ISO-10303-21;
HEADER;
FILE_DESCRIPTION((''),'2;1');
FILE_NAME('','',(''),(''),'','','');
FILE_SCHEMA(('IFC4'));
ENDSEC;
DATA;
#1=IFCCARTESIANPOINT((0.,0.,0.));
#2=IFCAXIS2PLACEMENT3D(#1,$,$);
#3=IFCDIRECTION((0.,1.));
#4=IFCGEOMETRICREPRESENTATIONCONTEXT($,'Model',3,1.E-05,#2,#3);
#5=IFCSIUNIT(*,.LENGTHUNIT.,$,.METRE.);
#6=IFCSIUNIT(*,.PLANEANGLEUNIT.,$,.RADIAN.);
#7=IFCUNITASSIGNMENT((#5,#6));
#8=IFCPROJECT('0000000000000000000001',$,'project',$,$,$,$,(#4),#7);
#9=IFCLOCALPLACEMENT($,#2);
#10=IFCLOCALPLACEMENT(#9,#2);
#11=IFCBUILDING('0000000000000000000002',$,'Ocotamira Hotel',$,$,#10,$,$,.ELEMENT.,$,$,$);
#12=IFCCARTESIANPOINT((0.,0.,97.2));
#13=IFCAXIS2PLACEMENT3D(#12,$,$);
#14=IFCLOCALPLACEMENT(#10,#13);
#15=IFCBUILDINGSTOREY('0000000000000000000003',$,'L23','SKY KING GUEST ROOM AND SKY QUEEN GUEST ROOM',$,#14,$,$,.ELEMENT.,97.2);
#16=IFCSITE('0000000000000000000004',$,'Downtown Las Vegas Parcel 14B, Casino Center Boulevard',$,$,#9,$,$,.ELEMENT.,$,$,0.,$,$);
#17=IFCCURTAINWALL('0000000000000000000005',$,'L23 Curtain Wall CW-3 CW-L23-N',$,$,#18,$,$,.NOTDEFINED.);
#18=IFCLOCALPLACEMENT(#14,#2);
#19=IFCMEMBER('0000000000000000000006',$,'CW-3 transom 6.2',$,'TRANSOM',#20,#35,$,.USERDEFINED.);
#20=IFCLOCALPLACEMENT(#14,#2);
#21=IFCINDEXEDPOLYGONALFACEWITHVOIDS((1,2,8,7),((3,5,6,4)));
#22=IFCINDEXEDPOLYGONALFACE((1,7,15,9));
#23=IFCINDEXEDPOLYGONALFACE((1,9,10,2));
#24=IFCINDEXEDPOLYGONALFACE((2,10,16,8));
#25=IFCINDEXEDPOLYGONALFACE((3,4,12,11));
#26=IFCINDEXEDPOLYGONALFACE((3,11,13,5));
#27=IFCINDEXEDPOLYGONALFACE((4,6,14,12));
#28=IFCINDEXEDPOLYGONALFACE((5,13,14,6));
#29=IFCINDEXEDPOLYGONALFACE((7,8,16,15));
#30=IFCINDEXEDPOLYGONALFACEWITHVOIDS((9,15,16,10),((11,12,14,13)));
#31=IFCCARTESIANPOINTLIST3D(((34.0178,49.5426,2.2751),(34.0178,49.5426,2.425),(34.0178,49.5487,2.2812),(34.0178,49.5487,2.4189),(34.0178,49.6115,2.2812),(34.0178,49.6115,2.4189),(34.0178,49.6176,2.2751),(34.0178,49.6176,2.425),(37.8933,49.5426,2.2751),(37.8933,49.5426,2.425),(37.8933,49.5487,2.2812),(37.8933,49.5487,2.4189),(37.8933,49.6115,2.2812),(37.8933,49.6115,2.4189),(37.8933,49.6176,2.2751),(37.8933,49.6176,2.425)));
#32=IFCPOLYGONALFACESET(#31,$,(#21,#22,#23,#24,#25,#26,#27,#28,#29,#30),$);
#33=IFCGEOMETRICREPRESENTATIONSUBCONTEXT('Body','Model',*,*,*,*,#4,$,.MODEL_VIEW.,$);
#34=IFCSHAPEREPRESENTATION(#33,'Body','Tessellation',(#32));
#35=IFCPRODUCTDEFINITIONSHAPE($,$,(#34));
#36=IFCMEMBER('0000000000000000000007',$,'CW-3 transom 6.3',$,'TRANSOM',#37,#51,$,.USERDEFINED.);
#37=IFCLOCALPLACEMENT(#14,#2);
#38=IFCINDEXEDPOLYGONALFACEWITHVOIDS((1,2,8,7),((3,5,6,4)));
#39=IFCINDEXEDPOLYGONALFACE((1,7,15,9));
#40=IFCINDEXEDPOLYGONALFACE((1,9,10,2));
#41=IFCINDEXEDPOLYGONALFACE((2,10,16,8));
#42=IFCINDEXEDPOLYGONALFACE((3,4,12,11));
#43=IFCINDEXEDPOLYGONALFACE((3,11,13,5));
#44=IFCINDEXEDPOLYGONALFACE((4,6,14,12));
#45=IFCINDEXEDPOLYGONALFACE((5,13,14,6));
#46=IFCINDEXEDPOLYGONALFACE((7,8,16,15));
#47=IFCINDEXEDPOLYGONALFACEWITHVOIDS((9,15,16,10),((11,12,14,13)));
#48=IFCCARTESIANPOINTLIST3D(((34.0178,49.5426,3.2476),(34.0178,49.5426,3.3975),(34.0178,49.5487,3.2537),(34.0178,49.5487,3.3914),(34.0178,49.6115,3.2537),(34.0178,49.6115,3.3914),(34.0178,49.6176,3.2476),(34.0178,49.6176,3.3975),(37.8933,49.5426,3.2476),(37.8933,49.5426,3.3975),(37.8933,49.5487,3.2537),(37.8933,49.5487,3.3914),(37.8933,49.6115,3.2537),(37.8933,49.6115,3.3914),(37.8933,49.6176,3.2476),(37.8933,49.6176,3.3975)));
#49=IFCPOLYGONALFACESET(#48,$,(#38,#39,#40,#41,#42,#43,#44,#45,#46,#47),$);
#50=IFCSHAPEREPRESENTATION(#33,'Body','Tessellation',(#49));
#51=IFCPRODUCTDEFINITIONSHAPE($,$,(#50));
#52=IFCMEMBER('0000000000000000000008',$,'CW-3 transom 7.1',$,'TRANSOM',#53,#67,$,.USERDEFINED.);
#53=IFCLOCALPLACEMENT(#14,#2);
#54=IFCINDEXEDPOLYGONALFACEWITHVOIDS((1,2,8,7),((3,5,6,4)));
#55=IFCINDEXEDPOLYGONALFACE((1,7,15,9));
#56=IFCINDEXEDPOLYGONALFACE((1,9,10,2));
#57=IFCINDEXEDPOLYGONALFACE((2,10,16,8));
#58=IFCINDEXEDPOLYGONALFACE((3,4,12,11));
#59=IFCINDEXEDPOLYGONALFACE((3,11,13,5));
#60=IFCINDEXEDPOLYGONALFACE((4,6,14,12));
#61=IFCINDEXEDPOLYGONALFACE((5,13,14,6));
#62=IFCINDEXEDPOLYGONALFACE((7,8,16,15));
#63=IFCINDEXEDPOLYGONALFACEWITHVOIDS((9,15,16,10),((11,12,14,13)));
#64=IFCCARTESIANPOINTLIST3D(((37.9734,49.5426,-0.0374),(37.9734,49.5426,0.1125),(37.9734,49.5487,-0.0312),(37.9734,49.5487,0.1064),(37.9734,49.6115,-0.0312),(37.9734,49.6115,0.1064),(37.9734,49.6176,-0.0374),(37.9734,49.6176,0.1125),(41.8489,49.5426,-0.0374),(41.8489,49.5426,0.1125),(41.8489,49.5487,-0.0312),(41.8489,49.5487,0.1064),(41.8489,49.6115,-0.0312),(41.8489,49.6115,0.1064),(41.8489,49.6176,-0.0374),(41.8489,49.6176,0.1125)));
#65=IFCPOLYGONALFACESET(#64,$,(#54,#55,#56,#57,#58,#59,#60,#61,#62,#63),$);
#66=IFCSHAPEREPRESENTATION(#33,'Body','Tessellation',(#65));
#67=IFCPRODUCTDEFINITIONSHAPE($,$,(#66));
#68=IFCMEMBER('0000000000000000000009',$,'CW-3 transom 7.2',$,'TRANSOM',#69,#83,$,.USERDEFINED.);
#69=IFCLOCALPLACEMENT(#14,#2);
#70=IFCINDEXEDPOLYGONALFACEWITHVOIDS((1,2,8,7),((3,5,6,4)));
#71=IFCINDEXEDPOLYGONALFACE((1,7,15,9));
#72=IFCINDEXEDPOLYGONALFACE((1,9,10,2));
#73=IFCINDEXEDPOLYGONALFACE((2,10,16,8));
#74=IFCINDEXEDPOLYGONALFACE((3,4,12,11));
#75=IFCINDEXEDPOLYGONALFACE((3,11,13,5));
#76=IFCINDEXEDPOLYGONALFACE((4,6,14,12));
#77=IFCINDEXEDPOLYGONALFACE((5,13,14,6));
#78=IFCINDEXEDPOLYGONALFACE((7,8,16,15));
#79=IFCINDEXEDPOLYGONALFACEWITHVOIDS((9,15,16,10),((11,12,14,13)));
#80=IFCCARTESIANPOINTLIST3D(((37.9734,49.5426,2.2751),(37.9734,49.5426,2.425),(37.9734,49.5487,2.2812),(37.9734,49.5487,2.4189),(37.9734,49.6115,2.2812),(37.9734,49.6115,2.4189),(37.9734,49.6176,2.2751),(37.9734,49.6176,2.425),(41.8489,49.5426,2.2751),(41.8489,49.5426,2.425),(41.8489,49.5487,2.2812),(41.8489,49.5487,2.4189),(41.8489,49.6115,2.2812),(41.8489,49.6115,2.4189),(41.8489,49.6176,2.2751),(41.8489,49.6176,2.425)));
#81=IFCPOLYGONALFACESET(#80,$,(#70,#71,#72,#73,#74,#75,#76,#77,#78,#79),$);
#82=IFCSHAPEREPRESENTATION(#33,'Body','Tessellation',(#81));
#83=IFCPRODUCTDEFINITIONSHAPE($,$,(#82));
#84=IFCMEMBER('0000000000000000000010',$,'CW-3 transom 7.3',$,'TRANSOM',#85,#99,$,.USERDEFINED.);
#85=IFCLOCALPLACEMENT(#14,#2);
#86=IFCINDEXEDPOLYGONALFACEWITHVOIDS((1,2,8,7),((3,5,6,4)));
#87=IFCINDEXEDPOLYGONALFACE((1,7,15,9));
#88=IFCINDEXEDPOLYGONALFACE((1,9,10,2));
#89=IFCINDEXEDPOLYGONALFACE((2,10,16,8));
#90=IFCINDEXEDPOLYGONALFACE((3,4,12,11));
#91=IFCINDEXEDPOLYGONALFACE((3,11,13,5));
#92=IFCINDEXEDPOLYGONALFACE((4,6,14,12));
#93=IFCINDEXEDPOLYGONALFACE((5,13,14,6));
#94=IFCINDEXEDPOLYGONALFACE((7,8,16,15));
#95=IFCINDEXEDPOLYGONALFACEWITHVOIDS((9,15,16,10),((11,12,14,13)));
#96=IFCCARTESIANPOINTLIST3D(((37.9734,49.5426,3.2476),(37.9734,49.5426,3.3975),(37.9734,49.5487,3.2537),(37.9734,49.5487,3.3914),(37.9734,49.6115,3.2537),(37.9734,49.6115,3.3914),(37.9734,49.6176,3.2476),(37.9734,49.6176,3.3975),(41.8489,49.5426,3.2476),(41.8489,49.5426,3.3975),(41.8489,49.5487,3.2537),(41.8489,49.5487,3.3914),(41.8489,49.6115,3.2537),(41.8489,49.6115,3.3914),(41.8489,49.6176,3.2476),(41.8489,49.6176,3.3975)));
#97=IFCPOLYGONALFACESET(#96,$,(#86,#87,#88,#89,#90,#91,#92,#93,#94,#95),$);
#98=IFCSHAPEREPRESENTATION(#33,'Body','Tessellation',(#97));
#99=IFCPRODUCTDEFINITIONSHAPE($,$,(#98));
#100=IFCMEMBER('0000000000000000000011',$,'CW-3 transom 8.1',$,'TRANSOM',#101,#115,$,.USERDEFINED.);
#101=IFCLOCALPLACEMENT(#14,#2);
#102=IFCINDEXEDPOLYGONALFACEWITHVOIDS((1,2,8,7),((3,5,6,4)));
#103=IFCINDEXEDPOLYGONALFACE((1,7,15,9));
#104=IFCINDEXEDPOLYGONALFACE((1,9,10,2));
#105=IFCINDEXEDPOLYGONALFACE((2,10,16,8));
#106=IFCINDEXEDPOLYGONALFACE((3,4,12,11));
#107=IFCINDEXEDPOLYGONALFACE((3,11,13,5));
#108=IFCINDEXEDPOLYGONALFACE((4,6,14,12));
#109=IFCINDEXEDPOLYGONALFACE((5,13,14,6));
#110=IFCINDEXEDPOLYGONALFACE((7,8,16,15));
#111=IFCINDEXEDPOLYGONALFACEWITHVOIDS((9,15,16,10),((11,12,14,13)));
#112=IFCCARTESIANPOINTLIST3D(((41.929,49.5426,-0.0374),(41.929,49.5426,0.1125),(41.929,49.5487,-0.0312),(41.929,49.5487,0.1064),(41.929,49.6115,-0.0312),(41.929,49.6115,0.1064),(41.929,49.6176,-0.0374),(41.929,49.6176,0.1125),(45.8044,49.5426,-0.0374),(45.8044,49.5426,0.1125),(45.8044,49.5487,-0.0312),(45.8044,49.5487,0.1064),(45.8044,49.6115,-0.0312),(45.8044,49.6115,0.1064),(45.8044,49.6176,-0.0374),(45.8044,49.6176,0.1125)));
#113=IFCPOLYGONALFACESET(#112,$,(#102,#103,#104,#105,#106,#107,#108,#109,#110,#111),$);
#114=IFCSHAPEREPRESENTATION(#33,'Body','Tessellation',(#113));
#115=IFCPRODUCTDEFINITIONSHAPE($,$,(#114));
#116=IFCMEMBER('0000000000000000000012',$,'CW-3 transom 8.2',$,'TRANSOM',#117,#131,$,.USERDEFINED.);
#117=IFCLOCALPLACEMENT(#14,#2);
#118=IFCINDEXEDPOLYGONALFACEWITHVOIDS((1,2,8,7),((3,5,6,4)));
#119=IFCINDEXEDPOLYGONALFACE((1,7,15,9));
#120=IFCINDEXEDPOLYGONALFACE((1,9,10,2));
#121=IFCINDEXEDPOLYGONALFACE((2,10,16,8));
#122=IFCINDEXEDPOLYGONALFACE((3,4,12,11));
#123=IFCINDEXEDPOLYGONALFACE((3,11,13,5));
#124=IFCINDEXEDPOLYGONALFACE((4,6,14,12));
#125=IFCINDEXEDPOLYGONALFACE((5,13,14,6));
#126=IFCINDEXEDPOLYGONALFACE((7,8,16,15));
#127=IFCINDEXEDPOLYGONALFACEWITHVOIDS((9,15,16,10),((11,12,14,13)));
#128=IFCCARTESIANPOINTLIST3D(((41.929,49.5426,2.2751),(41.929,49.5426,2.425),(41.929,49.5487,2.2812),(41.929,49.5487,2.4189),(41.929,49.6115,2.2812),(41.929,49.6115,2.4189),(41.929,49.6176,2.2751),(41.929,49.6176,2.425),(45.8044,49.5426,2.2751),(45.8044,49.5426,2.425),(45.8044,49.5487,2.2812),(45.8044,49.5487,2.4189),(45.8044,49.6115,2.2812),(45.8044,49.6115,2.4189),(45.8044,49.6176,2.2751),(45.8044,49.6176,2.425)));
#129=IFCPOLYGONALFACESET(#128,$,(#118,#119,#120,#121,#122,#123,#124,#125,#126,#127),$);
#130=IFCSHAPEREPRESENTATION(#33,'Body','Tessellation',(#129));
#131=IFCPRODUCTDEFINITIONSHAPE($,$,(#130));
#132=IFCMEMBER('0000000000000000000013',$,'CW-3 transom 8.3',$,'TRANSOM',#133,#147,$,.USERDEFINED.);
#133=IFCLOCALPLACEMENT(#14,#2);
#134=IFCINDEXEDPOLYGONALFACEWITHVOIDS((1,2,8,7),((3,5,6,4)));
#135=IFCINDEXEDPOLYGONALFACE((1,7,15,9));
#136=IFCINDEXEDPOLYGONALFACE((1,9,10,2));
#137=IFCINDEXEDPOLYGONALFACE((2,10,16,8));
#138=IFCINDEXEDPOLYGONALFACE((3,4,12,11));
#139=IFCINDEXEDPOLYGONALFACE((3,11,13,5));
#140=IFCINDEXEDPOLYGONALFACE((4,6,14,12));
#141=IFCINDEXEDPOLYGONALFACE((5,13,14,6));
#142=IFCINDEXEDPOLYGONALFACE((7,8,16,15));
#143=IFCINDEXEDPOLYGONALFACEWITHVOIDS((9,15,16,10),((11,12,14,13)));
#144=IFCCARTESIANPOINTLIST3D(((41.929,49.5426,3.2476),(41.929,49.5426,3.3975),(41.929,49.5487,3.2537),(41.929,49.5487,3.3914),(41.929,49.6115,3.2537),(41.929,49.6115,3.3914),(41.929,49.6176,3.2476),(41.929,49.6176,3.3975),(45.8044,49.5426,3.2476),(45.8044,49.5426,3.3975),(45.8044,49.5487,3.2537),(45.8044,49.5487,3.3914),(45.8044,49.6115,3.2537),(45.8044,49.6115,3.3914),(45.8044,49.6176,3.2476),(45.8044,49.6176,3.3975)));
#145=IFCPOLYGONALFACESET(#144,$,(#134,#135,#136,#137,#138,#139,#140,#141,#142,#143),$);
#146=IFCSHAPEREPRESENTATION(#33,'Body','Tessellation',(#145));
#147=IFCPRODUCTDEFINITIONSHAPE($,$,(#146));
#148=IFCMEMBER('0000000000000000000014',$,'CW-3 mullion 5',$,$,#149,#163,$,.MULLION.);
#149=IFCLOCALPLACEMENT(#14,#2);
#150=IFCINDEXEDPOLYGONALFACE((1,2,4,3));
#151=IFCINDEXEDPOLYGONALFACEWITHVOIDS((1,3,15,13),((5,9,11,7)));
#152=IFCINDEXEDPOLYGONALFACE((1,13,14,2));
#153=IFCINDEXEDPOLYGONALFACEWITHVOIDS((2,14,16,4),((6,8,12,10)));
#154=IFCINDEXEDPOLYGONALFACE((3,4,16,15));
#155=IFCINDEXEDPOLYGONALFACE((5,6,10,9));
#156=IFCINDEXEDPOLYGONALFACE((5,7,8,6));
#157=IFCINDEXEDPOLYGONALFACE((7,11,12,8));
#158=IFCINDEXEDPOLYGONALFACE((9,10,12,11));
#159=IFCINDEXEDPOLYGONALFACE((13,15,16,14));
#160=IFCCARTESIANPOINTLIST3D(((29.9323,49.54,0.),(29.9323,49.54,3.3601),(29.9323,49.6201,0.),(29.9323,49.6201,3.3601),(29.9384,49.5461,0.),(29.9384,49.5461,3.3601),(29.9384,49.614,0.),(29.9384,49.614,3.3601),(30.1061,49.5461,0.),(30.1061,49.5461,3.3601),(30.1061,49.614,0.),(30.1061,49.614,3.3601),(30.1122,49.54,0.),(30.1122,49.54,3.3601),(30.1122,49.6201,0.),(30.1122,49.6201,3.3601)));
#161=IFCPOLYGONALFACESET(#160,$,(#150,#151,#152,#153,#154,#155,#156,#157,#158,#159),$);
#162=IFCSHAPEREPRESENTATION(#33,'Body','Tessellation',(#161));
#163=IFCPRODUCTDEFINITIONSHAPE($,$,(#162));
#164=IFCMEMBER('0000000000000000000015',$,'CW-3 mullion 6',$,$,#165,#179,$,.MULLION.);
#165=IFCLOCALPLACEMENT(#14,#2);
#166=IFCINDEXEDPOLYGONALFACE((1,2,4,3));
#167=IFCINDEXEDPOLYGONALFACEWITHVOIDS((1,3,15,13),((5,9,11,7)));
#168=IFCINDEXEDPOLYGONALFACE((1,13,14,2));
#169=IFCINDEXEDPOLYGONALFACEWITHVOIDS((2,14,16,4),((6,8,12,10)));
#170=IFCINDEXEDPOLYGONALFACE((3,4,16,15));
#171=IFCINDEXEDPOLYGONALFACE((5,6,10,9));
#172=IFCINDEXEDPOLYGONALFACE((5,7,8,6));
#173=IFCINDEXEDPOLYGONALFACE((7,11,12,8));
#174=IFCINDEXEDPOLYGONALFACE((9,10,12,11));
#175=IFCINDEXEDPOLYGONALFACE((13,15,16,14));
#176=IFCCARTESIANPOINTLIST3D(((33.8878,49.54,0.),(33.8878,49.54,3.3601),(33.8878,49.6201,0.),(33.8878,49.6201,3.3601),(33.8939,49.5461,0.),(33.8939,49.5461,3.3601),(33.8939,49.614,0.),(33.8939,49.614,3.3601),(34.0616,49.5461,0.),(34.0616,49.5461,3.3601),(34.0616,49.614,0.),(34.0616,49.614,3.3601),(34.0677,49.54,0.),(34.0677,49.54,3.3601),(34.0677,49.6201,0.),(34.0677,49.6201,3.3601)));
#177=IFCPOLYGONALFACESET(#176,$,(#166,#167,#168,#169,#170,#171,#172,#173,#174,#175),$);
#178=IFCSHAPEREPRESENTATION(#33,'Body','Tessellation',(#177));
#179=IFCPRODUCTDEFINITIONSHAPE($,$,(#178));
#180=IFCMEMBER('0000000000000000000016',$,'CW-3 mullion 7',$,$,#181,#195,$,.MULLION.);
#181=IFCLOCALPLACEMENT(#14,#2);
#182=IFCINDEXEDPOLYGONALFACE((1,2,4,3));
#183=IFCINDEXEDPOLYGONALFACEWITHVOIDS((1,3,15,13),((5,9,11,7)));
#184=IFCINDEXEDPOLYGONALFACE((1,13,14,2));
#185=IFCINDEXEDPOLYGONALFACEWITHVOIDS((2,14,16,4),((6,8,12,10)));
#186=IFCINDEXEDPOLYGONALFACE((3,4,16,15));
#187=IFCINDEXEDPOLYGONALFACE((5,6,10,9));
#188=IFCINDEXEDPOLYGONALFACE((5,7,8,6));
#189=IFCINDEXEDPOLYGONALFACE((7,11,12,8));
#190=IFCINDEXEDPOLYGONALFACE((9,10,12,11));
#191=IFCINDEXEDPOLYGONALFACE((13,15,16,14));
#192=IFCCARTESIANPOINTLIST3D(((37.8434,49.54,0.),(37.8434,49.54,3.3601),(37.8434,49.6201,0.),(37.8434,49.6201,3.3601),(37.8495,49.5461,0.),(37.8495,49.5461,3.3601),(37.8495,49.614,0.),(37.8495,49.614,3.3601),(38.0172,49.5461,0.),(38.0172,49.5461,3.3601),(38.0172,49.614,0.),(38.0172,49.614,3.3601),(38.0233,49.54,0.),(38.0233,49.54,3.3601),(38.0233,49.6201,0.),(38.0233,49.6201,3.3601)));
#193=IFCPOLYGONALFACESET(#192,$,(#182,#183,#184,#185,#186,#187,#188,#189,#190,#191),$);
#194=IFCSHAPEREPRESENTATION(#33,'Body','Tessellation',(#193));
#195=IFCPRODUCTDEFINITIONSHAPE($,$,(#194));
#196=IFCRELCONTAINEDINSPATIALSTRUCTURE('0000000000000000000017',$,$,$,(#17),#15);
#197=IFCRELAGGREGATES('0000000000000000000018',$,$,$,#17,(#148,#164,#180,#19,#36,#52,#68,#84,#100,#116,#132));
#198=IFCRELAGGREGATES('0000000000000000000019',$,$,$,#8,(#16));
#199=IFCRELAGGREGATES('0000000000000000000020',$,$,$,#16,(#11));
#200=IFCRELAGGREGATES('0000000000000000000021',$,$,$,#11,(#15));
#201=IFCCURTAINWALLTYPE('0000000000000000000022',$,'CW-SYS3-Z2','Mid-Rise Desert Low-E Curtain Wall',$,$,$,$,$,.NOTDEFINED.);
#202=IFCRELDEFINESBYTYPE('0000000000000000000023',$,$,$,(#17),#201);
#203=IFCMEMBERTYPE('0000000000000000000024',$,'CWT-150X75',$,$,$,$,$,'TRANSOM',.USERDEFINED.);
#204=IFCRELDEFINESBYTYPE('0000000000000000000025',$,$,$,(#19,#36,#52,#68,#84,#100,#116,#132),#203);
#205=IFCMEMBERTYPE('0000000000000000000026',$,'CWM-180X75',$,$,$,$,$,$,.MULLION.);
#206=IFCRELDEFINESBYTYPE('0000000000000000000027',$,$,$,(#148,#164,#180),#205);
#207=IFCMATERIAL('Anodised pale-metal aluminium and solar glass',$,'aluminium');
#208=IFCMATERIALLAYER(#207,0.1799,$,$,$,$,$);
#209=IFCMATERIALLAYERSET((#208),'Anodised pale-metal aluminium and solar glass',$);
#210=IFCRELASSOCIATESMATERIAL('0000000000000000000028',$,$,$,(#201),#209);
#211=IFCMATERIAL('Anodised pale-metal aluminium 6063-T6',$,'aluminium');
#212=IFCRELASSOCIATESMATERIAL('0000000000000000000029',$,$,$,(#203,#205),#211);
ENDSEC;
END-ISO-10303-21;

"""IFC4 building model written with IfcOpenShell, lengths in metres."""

from ifc_helpers import new_model, si_unit, direction, frame, origin, origin_2d, place, context, subcontext, project, spatial, hollow_rectangle, extrude, source, transform, mapped, material, layer, layer_set, material_profile, profile_set, type_object, element, aggregate, save


model = new_model("IFC4")

# Units and contexts
model_context = context("Model", 3, precision=1e-05, world=origin(), true_north=direction((0.0, 1.0)))
body_context = subcontext(model_context, "Body", "Model", "MODEL_VIEW")
ifc_project = project(units=[si_unit("LENGTHUNIT", "METRE"), si_unit("PLANEANGLEUNIT", "RADIAN")], contexts=[model_context])

# Site, building, storey
site_placement = place(None, origin())
site = spatial("IfcSite", under=ifc_project, at=site_placement, Name="Downtown Las Vegas Parcel 14B, Casino Center Boulevard", CompositionType="ELEMENT", RefElevation=0.0)
building_placement = place(site_placement, origin())
building = spatial("IfcBuilding", under=site, at=building_placement, Name="Ocotamira Hotel", CompositionType="ELEMENT")
storey_placement = place(building_placement, frame((0.0, 0.0, 97.2)))
storey = spatial("IfcBuildingStorey", under=building, at=storey_placement, Name="L23", Description="SKY KING GUEST ROOM AND SKY QUEEN GUEST ROOM", CompositionType="ELEMENT", Elevation=97.2)

# Curtain wall, members
ifc_material_1 = material(Name="Anodised pale-metal aluminium and solar glass", Category="aluminium")
ifc_layer_1 = layer(ifc_material_1, 0.1799)
ifc_layer_set_1 = layer_set([ifc_layer_1], Name="Anodised pale-metal aluminium and solar glass")
curtain_wall_type = type_object("IfcCurtainWallType", Name="CW-SYS3-Z2", Description="Mid-Rise Desert Low-E Curtain Wall", PredefinedType="NOTDEFINED", material=ifc_layer_set_1)
curtain_wall_placement = place(storey_placement, origin())
curtain_wall = element("IfcCurtainWall", 1, at=curtain_wall_placement, inside=storey, type_object=curtain_wall_type, Name="L23 Curtain Wall CW-3 CW-L23-N", PredefinedType="NOTDEFINED")
ifc_material_2 = material(Name="Anodised pale-metal aluminium 6063-T6", Category="aluminium")
ifc_material_profile_1 = material_profile(ifc_material_2, hollow_rectangle(XDim=0.075, YDim=0.1499, WallThickness=0.0061, at=origin_2d()), Name="HSS150X75X6")
ifc_profile_set_1 = profile_set([ifc_material_profile_1], Name="Anodised pale-metal aluminium 6063-T6")
member_type_1 = type_object("IfcMemberType", Name="CWT-150X75", ElementType="TRANSOM", PredefinedType="USERDEFINED", material=ifc_profile_set_1)
shared_shape_1 = source(origin(), body_context, "Body", "SweptSolid", [
    extrude(hollow_rectangle(XDim=0.075, YDim=0.1499, WallThickness=0.0061, at=origin_2d()), origin(), (0.0, 0.0, 1.0), 3.8755),
])
member_1_placement = place(storey_placement, frame((34.0178, 49.5801, 2.3501), z_axis=(1.0, 0.0, 0.0), x_axis=(0.0, 1.0, 0.0)))
member_1 = element("IfcMember", 2, at=member_1_placement, type_object=member_type_1, Name="CW-3 transom 6.2", ObjectType="TRANSOM", PredefinedType="USERDEFINED", context=body_context, shape_type="MappedRepresentation", body=[
    mapped(shared_shape_1, transform((0.0, 0.0, 0.0), scale=1.0)),
])
member_2_placement = place(storey_placement, frame((34.0178, 49.5801, 3.3225), z_axis=(1.0, 0.0, 0.0), x_axis=(0.0, 1.0, 0.0)))
member_2 = element("IfcMember", 3, at=member_2_placement, type_object=member_type_1, Name="CW-3 transom 6.3", ObjectType="TRANSOM", PredefinedType="USERDEFINED", context=body_context, shape_type="MappedRepresentation", body=[
    mapped(shared_shape_1, transform((0.0, 0.0, 0.0), scale=1.0)),
])
member_3_placement = place(storey_placement, frame((37.9734, 49.5801, 0.0376), z_axis=(1.0, 0.0, 0.0), x_axis=(0.0, 1.0, 0.0)))
member_3 = element("IfcMember", 4, at=member_3_placement, type_object=member_type_1, Name="CW-3 transom 7.1", ObjectType="TRANSOM", PredefinedType="USERDEFINED", context=body_context, shape_type="MappedRepresentation", body=[
    mapped(shared_shape_1, transform((0.0, 0.0, 0.0), scale=1.0)),
])
member_4_placement = place(storey_placement, frame((37.9734, 49.5801, 2.3501), z_axis=(1.0, 0.0, 0.0), x_axis=(0.0, 1.0, 0.0)))
member_4 = element("IfcMember", 5, at=member_4_placement, type_object=member_type_1, Name="CW-3 transom 7.2", ObjectType="TRANSOM", PredefinedType="USERDEFINED", context=body_context, shape_type="MappedRepresentation", body=[
    mapped(shared_shape_1, transform((0.0, 0.0, 0.0), scale=1.0)),
])
member_5_placement = place(storey_placement, frame((37.9734, 49.5801, 3.3225), z_axis=(1.0, 0.0, 0.0), x_axis=(0.0, 1.0, 0.0)))
member_5 = element("IfcMember", 6, at=member_5_placement, type_object=member_type_1, Name="CW-3 transom 7.3", ObjectType="TRANSOM", PredefinedType="USERDEFINED", context=body_context, shape_type="MappedRepresentation", body=[
    mapped(shared_shape_1, transform((0.0, 0.0, 0.0), scale=1.0)),
])
member_6_placement = place(storey_placement, frame((41.929, 49.5801, 0.0376), z_axis=(1.0, 0.0, 0.0), x_axis=(0.0, 1.0, 0.0)))
member_6 = element("IfcMember", 7, at=member_6_placement, type_object=member_type_1, Name="CW-3 transom 8.1", ObjectType="TRANSOM", PredefinedType="USERDEFINED", context=body_context, shape_type="MappedRepresentation", body=[
    mapped(shared_shape_1, transform((0.0, 0.0, 0.0), scale=1.0)),
])
member_7_placement = place(storey_placement, frame((41.929, 49.5801, 2.3501), z_axis=(1.0, 0.0, 0.0), x_axis=(0.0, 1.0, 0.0)))
member_7 = element("IfcMember", 8, at=member_7_placement, type_object=member_type_1, Name="CW-3 transom 8.2", ObjectType="TRANSOM", PredefinedType="USERDEFINED", context=body_context, shape_type="MappedRepresentation", body=[
    mapped(shared_shape_1, transform((0.0, 0.0, 0.0), scale=1.0)),
])
member_8_placement = place(storey_placement, frame((41.929, 49.5801, 3.3225), z_axis=(1.0, 0.0, 0.0), x_axis=(0.0, 1.0, 0.0)))
member_8 = element("IfcMember", 9, at=member_8_placement, type_object=member_type_1, Name="CW-3 transom 8.3", ObjectType="TRANSOM", PredefinedType="USERDEFINED", context=body_context, shape_type="MappedRepresentation", body=[
    mapped(shared_shape_1, transform((0.0, 0.0, 0.0), scale=1.0)),
])
ifc_material_profile_2 = material_profile(ifc_material_2, hollow_rectangle(XDim=0.0801, YDim=0.1799, WallThickness=0.0061, at=origin_2d()), Name="HSS180X80X6")
ifc_profile_set_2 = profile_set([ifc_material_profile_2], Name="Anodised pale-metal aluminium 6063-T6")
member_type_2 = type_object("IfcMemberType", Name="CWM-180X75", PredefinedType="MULLION", material=ifc_profile_set_2)
shared_shape_2 = source(origin(), body_context, "Body", "SweptSolid", [
    extrude(hollow_rectangle(XDim=0.0801, YDim=0.1799, WallThickness=0.0061, at=origin_2d()), origin(), (0.0, 0.0, 1.0), 3.3601),
])
member_9_placement = place(storey_placement, frame((30.0222, 49.5801, 0.0), z_axis=(0.0, 0.0, 1.0), x_axis=(0.0, 1.0, 0.0)))
member_9 = element("IfcMember", 10, at=member_9_placement, type_object=member_type_2, Name="CW-3 mullion 5", PredefinedType="MULLION", context=body_context, shape_type="MappedRepresentation", body=[
    mapped(shared_shape_2, transform((0.0, 0.0, 0.0), scale=1.0)),
])
member_10_placement = place(storey_placement, frame((33.9778, 49.5801, 0.0), z_axis=(0.0, 0.0, 1.0), x_axis=(0.0, 1.0, 0.0)))
member_10 = element("IfcMember", 11, at=member_10_placement, type_object=member_type_2, Name="CW-3 mullion 6", PredefinedType="MULLION", context=body_context, shape_type="MappedRepresentation", body=[
    mapped(shared_shape_2, transform((0.0, 0.0, 0.0), scale=1.0)),
])
member_11_placement = place(storey_placement, frame((37.9333, 49.5801, 0.0), z_axis=(0.0, 0.0, 1.0), x_axis=(0.0, 1.0, 0.0)))
member_11 = element("IfcMember", 12, at=member_11_placement, type_object=member_type_2, Name="CW-3 mullion 7", PredefinedType="MULLION", context=body_context, shape_type="MappedRepresentation", body=[
    mapped(shared_shape_2, transform((0.0, 0.0, 0.0), scale=1.0)),
])

aggregate(curtain_wall, [member_9, member_10, member_11, member_1, member_2, member_3, member_4, member_5, member_6, member_7, member_8])

save(model, "model.ifc")
